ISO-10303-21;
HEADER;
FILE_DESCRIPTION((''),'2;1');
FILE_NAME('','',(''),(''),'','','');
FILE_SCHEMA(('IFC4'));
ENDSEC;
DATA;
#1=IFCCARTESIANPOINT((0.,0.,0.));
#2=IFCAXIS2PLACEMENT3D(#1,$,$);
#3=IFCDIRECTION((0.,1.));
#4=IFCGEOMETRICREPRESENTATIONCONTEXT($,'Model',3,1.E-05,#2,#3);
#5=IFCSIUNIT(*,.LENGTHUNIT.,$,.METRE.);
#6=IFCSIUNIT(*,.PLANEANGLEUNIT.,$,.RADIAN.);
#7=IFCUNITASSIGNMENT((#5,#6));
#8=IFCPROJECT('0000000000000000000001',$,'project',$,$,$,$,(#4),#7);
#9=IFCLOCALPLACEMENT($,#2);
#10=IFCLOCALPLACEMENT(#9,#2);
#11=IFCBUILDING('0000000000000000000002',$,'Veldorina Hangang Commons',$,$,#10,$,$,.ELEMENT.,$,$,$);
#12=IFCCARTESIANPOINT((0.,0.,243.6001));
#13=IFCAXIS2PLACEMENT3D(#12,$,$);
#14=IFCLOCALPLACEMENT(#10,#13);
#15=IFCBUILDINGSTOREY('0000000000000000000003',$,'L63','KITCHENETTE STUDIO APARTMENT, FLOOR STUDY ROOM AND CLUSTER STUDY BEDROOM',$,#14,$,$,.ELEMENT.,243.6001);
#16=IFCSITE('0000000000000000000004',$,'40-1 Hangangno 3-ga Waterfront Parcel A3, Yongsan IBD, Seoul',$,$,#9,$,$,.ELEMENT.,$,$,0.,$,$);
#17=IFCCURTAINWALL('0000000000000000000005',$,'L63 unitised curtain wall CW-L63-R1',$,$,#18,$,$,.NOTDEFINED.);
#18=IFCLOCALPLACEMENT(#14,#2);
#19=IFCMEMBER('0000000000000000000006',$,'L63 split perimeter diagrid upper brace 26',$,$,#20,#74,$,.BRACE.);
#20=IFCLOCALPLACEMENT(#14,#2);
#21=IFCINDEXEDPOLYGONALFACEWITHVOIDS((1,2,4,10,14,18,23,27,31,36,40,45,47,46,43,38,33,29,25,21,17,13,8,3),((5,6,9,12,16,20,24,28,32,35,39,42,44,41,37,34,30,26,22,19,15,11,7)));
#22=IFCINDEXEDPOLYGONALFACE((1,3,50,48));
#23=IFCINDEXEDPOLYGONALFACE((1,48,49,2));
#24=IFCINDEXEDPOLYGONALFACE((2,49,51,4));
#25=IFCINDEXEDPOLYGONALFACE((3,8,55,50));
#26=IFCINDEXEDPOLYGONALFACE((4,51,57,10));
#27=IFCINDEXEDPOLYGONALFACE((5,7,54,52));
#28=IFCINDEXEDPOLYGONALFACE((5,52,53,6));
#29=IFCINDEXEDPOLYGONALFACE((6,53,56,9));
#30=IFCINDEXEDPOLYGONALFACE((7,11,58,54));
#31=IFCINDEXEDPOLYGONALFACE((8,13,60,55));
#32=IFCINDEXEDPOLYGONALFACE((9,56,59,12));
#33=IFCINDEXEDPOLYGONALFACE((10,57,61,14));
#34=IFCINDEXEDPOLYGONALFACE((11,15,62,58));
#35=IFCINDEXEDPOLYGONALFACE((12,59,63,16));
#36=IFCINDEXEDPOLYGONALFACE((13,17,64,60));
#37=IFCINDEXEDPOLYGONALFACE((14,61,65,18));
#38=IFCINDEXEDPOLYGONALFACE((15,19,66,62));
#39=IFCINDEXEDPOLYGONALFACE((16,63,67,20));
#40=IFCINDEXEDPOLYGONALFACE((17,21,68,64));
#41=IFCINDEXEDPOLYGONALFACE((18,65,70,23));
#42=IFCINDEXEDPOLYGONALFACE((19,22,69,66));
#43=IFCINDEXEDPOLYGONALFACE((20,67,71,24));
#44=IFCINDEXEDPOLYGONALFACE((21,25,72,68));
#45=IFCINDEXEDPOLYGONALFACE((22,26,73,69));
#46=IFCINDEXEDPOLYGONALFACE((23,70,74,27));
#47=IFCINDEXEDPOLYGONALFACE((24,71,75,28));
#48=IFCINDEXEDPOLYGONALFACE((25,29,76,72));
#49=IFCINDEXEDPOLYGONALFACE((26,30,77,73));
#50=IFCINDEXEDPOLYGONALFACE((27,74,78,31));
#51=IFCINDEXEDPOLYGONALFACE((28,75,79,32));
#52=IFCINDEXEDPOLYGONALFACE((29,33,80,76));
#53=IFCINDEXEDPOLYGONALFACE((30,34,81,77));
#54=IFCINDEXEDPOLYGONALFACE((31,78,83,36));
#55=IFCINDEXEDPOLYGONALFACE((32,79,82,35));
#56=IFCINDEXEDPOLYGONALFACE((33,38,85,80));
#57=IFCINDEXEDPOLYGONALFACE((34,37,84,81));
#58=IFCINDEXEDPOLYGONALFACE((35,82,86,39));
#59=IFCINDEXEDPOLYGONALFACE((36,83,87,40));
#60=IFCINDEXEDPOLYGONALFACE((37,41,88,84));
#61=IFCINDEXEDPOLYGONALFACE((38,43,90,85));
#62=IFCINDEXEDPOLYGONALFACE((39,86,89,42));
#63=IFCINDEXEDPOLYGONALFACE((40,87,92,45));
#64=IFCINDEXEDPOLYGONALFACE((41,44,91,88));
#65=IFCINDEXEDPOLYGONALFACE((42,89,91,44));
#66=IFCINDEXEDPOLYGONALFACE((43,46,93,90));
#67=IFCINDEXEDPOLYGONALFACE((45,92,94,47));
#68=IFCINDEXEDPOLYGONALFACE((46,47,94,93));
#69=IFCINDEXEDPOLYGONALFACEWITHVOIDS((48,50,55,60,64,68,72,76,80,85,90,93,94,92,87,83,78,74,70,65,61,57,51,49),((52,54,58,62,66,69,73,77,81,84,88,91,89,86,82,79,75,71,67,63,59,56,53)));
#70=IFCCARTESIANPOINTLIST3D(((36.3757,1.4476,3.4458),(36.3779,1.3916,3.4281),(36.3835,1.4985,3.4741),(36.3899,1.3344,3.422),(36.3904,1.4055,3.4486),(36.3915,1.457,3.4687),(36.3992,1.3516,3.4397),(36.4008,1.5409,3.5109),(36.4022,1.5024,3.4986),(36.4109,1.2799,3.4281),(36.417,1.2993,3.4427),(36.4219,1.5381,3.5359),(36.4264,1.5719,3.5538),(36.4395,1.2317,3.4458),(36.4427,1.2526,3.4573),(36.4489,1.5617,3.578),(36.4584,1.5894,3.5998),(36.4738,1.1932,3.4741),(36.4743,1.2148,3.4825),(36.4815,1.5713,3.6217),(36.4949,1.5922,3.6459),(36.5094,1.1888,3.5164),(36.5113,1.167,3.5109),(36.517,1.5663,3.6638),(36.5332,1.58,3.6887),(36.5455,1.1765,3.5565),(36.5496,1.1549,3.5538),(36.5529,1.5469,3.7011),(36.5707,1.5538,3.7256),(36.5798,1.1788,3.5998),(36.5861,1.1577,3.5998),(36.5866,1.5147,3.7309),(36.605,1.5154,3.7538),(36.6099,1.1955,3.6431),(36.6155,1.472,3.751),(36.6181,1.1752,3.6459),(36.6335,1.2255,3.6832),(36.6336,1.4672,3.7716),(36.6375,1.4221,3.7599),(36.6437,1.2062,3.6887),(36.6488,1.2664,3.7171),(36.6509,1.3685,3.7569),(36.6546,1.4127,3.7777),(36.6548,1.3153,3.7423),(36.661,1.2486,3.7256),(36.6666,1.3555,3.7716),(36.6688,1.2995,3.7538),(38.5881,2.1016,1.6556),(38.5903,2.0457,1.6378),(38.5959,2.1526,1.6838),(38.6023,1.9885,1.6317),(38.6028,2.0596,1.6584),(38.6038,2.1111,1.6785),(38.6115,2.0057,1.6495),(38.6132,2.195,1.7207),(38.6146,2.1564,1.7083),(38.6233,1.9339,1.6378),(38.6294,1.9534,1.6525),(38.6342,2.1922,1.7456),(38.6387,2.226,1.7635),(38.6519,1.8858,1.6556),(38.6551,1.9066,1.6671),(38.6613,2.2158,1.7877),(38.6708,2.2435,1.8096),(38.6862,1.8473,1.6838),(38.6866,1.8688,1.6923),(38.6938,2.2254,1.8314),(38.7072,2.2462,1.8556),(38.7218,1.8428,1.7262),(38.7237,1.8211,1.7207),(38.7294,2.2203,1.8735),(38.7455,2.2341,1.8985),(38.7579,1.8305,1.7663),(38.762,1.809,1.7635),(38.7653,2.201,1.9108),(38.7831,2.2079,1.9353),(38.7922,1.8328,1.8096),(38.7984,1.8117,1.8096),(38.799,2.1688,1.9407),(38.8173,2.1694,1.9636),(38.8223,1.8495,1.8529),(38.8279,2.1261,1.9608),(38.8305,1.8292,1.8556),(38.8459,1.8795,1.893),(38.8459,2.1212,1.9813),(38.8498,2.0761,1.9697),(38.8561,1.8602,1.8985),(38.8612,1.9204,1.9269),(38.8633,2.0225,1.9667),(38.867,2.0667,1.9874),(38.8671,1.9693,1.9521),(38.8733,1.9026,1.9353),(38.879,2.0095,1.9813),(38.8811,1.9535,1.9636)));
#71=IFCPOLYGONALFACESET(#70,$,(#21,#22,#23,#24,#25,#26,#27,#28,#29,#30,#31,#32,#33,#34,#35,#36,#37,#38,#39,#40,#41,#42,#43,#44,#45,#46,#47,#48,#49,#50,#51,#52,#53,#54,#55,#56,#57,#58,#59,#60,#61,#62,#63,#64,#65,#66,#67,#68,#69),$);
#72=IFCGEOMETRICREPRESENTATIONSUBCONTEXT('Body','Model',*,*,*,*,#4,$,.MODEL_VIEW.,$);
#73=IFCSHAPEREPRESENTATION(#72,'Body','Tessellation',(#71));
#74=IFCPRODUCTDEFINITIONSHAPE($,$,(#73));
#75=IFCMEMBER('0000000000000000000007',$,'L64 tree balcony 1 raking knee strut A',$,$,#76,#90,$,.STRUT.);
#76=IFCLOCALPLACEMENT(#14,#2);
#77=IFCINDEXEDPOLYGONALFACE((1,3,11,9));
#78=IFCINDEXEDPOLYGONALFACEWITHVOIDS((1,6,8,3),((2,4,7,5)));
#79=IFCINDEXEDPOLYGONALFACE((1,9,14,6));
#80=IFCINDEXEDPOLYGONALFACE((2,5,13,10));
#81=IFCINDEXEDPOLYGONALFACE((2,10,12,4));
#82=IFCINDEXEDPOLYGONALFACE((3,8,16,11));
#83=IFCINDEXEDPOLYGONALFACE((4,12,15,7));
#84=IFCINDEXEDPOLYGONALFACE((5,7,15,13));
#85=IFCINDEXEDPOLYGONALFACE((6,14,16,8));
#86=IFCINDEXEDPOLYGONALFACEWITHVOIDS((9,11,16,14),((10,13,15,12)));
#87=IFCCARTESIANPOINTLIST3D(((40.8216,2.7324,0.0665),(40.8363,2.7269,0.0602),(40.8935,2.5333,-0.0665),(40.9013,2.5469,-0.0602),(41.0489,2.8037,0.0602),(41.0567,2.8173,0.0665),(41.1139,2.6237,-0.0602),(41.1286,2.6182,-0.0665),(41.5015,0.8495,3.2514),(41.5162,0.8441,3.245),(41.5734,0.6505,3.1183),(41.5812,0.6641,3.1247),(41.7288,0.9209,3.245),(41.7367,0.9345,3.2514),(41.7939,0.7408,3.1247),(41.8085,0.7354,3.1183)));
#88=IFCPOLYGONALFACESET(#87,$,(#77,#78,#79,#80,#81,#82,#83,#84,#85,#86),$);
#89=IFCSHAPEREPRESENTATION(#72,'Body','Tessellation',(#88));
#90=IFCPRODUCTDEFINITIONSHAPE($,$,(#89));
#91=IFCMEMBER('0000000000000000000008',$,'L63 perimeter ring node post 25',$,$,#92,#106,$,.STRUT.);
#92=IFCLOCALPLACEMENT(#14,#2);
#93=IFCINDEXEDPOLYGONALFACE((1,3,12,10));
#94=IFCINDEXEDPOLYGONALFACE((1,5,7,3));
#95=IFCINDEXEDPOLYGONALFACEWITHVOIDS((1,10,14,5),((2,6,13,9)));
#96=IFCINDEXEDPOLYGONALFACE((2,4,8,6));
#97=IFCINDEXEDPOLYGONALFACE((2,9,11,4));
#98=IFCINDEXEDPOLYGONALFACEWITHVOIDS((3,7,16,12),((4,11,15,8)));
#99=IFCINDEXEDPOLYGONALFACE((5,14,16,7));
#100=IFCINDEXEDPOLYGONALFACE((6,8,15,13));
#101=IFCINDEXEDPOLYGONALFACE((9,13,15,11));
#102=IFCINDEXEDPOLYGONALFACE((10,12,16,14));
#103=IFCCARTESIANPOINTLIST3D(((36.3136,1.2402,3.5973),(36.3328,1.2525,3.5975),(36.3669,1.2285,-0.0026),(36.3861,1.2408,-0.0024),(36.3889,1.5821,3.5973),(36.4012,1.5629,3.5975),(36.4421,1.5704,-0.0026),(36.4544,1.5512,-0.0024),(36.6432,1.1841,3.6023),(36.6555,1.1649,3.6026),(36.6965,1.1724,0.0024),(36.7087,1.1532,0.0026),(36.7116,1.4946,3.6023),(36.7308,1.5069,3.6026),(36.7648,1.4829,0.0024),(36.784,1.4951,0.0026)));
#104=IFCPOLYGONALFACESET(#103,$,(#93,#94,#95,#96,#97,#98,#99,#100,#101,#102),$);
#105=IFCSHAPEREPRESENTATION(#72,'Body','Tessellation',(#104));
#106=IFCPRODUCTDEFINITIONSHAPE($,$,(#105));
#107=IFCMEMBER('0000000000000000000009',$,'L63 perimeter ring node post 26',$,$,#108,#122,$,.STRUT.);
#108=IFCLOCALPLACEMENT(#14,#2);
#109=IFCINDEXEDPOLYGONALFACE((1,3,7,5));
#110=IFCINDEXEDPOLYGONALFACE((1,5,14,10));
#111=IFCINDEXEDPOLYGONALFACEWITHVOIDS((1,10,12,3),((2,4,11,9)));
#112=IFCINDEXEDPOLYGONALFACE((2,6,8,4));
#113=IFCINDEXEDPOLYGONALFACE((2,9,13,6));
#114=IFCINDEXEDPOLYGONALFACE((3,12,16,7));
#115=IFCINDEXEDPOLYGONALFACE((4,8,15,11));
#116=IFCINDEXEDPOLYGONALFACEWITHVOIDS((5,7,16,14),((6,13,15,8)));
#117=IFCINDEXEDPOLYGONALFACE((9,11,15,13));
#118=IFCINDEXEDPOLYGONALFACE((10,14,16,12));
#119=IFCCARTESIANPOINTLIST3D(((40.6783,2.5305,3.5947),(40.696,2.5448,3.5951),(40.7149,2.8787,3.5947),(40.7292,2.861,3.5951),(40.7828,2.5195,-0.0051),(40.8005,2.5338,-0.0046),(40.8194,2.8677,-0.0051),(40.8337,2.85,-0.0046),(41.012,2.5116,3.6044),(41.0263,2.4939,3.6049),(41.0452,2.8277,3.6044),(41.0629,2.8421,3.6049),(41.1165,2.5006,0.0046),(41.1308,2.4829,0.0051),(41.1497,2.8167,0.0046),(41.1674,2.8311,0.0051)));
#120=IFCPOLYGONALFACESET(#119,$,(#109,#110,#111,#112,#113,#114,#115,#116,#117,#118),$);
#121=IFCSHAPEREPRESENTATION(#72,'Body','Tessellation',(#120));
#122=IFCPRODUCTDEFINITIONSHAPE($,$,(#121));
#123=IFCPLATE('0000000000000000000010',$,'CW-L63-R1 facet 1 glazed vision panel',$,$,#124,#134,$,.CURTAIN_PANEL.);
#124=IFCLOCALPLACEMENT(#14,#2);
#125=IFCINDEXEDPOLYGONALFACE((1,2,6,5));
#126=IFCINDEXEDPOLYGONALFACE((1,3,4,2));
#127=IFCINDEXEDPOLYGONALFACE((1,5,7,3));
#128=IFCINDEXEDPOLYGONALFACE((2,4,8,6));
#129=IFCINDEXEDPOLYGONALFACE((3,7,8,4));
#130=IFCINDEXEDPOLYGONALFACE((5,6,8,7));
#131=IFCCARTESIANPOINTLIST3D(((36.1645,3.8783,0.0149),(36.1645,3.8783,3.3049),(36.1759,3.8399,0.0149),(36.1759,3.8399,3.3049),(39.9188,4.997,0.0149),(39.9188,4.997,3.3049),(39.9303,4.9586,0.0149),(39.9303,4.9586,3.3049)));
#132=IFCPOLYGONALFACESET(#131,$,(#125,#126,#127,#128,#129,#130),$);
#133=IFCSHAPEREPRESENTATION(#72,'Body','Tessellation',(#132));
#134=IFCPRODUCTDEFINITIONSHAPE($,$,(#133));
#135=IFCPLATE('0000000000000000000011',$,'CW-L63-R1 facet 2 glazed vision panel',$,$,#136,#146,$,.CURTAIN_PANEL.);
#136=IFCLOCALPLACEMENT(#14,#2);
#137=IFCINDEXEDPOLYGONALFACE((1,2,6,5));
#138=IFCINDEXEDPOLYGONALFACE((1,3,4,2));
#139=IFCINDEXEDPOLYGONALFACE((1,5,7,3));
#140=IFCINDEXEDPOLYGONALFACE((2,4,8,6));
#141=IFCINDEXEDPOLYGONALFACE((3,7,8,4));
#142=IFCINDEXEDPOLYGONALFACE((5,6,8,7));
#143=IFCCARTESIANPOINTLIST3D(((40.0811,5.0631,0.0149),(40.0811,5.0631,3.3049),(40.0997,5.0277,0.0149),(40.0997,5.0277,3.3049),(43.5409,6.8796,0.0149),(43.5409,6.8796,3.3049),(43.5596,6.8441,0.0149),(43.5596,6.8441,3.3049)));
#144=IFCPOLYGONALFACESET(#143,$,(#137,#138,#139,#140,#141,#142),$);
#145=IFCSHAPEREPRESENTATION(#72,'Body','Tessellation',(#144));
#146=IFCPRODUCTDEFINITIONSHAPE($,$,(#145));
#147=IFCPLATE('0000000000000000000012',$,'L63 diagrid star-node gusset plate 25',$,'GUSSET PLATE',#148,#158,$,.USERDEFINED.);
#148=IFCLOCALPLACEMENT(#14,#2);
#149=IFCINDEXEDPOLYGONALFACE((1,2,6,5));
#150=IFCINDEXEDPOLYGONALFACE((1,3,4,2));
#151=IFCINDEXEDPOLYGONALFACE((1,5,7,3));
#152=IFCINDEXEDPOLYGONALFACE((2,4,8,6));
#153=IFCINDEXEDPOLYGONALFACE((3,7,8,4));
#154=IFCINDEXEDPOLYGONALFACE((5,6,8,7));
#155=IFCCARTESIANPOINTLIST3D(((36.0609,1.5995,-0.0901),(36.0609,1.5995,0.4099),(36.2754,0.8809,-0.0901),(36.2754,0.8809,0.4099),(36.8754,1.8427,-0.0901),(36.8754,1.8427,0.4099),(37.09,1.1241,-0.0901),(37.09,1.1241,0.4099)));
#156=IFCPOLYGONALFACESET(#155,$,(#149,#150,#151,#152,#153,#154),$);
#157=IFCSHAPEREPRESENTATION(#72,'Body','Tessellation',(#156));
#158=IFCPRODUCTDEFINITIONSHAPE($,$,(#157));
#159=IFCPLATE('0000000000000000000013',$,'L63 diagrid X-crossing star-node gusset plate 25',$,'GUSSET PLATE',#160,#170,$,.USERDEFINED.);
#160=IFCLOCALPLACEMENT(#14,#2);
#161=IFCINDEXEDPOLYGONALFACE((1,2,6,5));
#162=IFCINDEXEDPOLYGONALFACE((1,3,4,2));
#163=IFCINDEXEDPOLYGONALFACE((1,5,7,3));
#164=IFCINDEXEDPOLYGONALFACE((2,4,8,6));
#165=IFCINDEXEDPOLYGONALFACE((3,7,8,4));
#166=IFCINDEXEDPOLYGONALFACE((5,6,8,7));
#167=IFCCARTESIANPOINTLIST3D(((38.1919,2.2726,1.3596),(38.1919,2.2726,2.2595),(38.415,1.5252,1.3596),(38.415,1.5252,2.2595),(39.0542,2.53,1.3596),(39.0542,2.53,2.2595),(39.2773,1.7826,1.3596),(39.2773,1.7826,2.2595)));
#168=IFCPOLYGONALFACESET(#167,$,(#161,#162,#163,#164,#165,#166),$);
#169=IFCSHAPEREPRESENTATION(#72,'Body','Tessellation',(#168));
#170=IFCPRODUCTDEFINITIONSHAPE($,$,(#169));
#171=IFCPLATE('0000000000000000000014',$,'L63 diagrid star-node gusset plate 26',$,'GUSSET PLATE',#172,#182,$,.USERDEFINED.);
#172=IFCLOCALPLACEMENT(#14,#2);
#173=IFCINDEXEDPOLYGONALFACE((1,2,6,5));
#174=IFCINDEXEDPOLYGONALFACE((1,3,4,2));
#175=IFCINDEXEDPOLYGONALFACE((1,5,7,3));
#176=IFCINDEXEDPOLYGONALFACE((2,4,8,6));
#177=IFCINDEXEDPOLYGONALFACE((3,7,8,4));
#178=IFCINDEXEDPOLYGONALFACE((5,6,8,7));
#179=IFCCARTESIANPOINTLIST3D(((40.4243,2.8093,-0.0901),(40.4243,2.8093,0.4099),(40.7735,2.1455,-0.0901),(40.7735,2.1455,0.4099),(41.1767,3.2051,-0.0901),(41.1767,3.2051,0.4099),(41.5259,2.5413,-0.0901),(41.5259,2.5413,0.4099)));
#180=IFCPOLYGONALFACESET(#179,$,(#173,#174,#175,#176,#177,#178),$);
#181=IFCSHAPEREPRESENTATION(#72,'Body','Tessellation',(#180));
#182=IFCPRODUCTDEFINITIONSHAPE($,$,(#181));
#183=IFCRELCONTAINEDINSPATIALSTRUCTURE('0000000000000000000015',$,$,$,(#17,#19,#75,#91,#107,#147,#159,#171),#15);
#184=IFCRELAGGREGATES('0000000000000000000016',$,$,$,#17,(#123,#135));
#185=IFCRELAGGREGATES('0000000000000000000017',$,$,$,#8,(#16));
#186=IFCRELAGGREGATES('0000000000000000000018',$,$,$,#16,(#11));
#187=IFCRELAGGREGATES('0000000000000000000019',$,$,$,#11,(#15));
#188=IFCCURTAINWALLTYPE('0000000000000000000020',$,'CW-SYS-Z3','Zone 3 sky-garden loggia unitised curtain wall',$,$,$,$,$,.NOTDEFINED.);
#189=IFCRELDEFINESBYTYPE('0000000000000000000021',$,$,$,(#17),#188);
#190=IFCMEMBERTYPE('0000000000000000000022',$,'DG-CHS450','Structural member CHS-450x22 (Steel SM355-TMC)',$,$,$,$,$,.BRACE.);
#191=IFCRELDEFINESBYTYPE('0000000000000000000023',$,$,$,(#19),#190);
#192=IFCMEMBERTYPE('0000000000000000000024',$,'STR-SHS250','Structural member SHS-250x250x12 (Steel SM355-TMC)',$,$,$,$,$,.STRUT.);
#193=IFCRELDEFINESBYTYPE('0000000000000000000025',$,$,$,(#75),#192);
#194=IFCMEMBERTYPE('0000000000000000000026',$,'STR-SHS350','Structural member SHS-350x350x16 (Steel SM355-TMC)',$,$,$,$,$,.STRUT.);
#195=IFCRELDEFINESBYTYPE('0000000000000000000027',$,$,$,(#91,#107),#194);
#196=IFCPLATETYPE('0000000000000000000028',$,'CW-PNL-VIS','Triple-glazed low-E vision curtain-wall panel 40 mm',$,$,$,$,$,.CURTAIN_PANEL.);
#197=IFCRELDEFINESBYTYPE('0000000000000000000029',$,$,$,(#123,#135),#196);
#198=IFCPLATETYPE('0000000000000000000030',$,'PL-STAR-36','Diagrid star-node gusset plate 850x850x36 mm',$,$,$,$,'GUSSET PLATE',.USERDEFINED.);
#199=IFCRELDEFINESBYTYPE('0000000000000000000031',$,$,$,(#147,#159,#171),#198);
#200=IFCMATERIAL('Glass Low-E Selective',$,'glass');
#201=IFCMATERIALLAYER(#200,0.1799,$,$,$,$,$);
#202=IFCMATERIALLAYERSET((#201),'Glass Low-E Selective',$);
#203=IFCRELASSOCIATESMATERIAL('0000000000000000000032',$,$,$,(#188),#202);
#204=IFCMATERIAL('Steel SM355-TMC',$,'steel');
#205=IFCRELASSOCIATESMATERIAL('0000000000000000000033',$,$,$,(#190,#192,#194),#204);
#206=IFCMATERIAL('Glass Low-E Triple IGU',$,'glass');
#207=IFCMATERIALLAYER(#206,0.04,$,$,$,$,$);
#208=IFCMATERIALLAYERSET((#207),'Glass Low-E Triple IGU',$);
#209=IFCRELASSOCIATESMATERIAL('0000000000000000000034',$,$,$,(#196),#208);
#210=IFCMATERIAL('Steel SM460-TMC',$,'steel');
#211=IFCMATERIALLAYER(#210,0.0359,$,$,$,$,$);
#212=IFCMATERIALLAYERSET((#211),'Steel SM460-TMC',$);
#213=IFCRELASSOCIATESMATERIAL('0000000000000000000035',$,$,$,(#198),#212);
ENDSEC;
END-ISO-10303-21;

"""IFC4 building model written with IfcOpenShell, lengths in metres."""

from ifc_helpers import new_model, si_unit, direction, frame, origin, origin_2d, place, context, subcontext, project, spatial, rectangle, hollow_rectangle, hollow_circle, extrude, material, layer, layer_set, material_profile, profile_set, type_object, element, aggregate, save


model = new_model("IFC4")

# Units and contexts
model_context = context("Model", 3, precision=1e-05, world=origin(), true_north=direction((0.0, 1.0)))
body_context = subcontext(model_context, "Body", "Model", "MODEL_VIEW")
ifc_project = project(units=[si_unit("LENGTHUNIT", "METRE"), si_unit("PLANEANGLEUNIT", "RADIAN")], contexts=[model_context])

# Site, building, storey
site_placement = place(None, origin())
site = spatial("IfcSite", under=ifc_project, at=site_placement, Name="40-1 Hangangno 3-ga Waterfront Parcel A3, Yongsan IBD, Seoul", CompositionType="ELEMENT", RefElevation=0.0)
building_placement = place(site_placement, origin())
building = spatial("IfcBuilding", under=site, at=building_placement, Name="Veldorina Hangang Commons", CompositionType="ELEMENT")
storey_placement = place(building_placement, frame((0.0, 0.0, 243.6001)))
storey = spatial("IfcBuildingStorey", under=building, at=storey_placement, Name="L63", Description="KITCHENETTE STUDIO APARTMENT, FLOOR STUDY ROOM AND CLUSTER STUDY BEDROOM", CompositionType="ELEMENT", Elevation=243.6001)

# Shared definitions
ifc_material_1 = material(Name="Steel SM355-TMC", Category="steel")

# Curtain wall
ifc_material_2 = material(Name="Glass Low-E Selective", Category="glass")
ifc_layer_1 = layer(ifc_material_2, 0.1799)
ifc_layer_set_1 = layer_set([ifc_layer_1], Name="Glass Low-E Selective")
curtain_wall_type = type_object("IfcCurtainWallType", Name="CW-SYS-Z3", Description="Zone 3 sky-garden loggia unitised curtain wall", PredefinedType="NOTDEFINED", material=ifc_layer_set_1)
curtain_wall_placement = place(storey_placement, origin())
curtain_wall = element("IfcCurtainWall", 1, at=curtain_wall_placement, inside=storey, type_object=curtain_wall_type, Name="L63 unitised curtain wall CW-L63-R1", PredefinedType="NOTDEFINED")

# Members
ifc_material_profile_1 = material_profile(ifc_material_1, hollow_circle(Radius=0.2251, WallThickness=0.022, at=origin_2d()), Name="CHS-450x22")
ifc_profile_set_1 = profile_set([ifc_material_profile_1], Name="Steel SM355-TMC")
member_type_1 = type_object("IfcMemberType", Name="DG-CHS450", Description="Structural member CHS-450x22 (Steel SM355-TMC)", PredefinedType="BRACE", material=ifc_profile_set_1)
member_1_placement = place(storey_placement, frame((38.7346, 2.0276, 1.8096), z_axis=(-0.757618, -0.223975, 0.613067), x_axis=(0.283501, -0.958972, 0.0)))
element("IfcMember", 2, at=member_1_placement, inside=storey, type_object=member_type_1, Name="L63 split perimeter diagrid upper brace 26", PredefinedType="BRACE", context=body_context, shape_type="SweptSolid", body=[
    extrude(hollow_circle(Radius=0.2251, WallThickness=0.022, at=origin_2d()), origin(), (0.0, 0.0, 1.0), 2.9202),
])
ifc_material_profile_2 = material_profile(ifc_material_1, hollow_rectangle(XDim=0.25, YDim=0.25, WallThickness=0.012, at=origin_2d()), Name="SHS-250x250x12")
ifc_profile_set_2 = profile_set([ifc_material_profile_2], Name="Steel SM355-TMC")
member_type_2 = type_object("IfcMemberType", Name="STR-SHS250", Description="Structural member SHS-250x250x12 (Steel SM355-TMC)", PredefinedType="STRUT", material=ifc_profile_set_2)
member_2_placement = place(storey_placement, frame((40.9751, 2.6753, 0.0), z_axis=(0.180752, -0.500523, 0.846644), x_axis=(0.94055, 0.339656, 0.0)))
element("IfcMember", 3, at=member_2_placement, inside=storey, type_object=member_type_2, Name="L64 tree balcony 1 raking knee strut A", PredefinedType="STRUT", context=body_context, shape_type="SweptSolid", body=[
    extrude(hollow_rectangle(XDim=0.25, YDim=0.25, WallThickness=0.012, at=origin_2d()), origin(), (0.0, 0.0, 1.0), 3.7617),
])
ifc_material_profile_3 = material_profile(ifc_material_1, hollow_rectangle(XDim=0.3501, YDim=0.3501, WallThickness=0.0161, at=origin_2d()), Name="SHS-350x350x16")
ifc_profile_set_3 = profile_set([ifc_material_profile_3], Name="Steel SM355-TMC")
member_type_3 = type_object("IfcMemberType", Name="STR-SHS350", Description="Structural member SHS-350x350x16 (Steel SM355-TMC)", PredefinedType="STRUT", material=ifc_profile_set_3)
member_3_placement = place(storey_placement, frame((36.5754, 1.3618, 0.0), z_axis=(-0.014783, 0.003255, 0.999885), x_axis=(-0.215033, -0.976607, 0.0)))
element("IfcMember", 4, at=member_3_placement, inside=storey, type_object=member_type_3, Name="L63 perimeter ring node post 25", PredefinedType="STRUT", context=body_context, shape_type="SweptSolid", body=[
    extrude(hollow_rectangle(XDim=0.3501, YDim=0.3501, WallThickness=0.0161, at=origin_2d()), origin(), (0.0, 0.0, 1.0), 3.6003),
])
member_4_placement = place(storey_placement, frame((40.9751, 2.6753, 0.0), z_axis=(-0.029014, 0.003051, 0.999574), x_axis=(-0.104564, -0.994518, 0.0)))
element("IfcMember", 5, at=member_4_placement, inside=storey, type_object=member_type_3, Name="L63 perimeter ring node post 26", PredefinedType="STRUT", context=body_context, shape_type="SweptSolid", body=[
    extrude(hollow_rectangle(XDim=0.3501, YDim=0.3501, WallThickness=0.0161, at=origin_2d()), origin(), (0.0, 0.0, 1.0), 3.6013),
])

# Plates
ifc_material_3 = material(Name="Glass Low-E Triple IGU", Category="glass")
ifc_layer_2 = layer(ifc_material_3, 0.04)
ifc_layer_set_2 = layer_set([ifc_layer_2], Name="Glass Low-E Triple IGU")
plate_type_1 = type_object("IfcPlateType", Name="CW-PNL-VIS", Description="Triple-glazed low-E vision curtain-wall panel 40 mm", PredefinedType="CURTAIN_PANEL", material=ifc_layer_set_2)
plate_1_placement = place(storey_placement, frame((38.0474, 4.4185, 0.0149), z_axis=(0.0, 0.0, 1.0), x_axis=(0.958362, 0.285555, 0.0)))
plate_1 = element("IfcPlate", 6, at=plate_1_placement, type_object=plate_type_1, Name="CW-L63-R1 facet 1 glazed vision panel", PredefinedType="CURTAIN_PANEL", context=body_context, shape_type="SweptSolid", body=[
    extrude(rectangle(XDim=3.9175, YDim=0.04, at=origin_2d()), origin(), (0.0, 0.0, 1.0), 3.29),
])
plate_2_placement = place(storey_placement, frame((41.8203, 5.9536, 0.0149), z_axis=(0.0, 0.0, 1.0), x_axis=(0.885394, 0.464842, 0.0)))
plate_2 = element("IfcPlate", 7, at=plate_2_placement, type_object=plate_type_1, Name="CW-L63-R1 facet 2 glazed vision panel", PredefinedType="CURTAIN_PANEL", context=body_context, shape_type="SweptSolid", body=[
    extrude(rectangle(XDim=3.9077, YDim=0.04, at=origin_2d()), origin(), (0.0, 0.0, 1.0), 3.29),
])
aggregate(curtain_wall, [plate_1, plate_2])

# Plates
ifc_material_4 = material(Name="Steel SM460-TMC", Category="steel")
ifc_layer_3 = layer(ifc_material_4, 0.0359)
ifc_layer_set_3 = layer_set([ifc_layer_3], Name="Steel SM460-TMC")
plate_type_2 = type_object("IfcPlateType", Name="PL-STAR-36", Description="Diagrid star-node gusset plate 850x850x36 mm", ElementType="GUSSET PLATE", PredefinedType="USERDEFINED", material=ifc_layer_set_3)
plate_3_placement = place(storey_placement, frame((36.5754, 1.3618, -0.0901), z_axis=(0.0, 0.0, 1.0), x_axis=(0.958208, 0.286073, 0.0)))
element("IfcPlate", 8, at=plate_3_placement, inside=storey, type_object=plate_type_2, Name="L63 diagrid star-node gusset plate 25", ObjectType="GUSSET PLATE", PredefinedType="USERDEFINED", context=body_context, shape_type="SweptSolid", body=[
    extrude(rectangle(XDim=0.8501, YDim=0.75, at=origin_2d()), origin(), (0.0, 0.0, 1.0), 0.5),
])
plate_4_placement = place(storey_placement, frame((38.7346, 2.0276, 1.3596), z_axis=(0.0, 0.0, 1.0), x_axis=(0.958208, 0.286073, 0.0)))
element("IfcPlate", 9, at=plate_4_placement, inside=storey, type_object=plate_type_2, Name="L63 diagrid X-crossing star-node gusset plate 25", ObjectType="GUSSET PLATE", PredefinedType="USERDEFINED", context=body_context, shape_type="SweptSolid", body=[
    extrude(rectangle(XDim=0.8999, YDim=0.78, at=origin_2d()), origin(), (0.0, 0.0, 1.0), 0.8999),
])
plate_5_placement = place(storey_placement, frame((40.9751, 2.6753, -0.0901), z_axis=(0.0, 0.0, 1.0), x_axis=(0.885012, 0.465568, 0.0)))
element("IfcPlate", 10, at=plate_5_placement, inside=storey, type_object=plate_type_2, Name="L63 diagrid star-node gusset plate 26", ObjectType="GUSSET PLATE", PredefinedType="USERDEFINED", context=body_context, shape_type="SweptSolid", body=[
    extrude(rectangle(XDim=0.8501, YDim=0.75, at=origin_2d()), origin(), (0.0, 0.0, 1.0), 0.5),
])

save(model, "model.ifc")
